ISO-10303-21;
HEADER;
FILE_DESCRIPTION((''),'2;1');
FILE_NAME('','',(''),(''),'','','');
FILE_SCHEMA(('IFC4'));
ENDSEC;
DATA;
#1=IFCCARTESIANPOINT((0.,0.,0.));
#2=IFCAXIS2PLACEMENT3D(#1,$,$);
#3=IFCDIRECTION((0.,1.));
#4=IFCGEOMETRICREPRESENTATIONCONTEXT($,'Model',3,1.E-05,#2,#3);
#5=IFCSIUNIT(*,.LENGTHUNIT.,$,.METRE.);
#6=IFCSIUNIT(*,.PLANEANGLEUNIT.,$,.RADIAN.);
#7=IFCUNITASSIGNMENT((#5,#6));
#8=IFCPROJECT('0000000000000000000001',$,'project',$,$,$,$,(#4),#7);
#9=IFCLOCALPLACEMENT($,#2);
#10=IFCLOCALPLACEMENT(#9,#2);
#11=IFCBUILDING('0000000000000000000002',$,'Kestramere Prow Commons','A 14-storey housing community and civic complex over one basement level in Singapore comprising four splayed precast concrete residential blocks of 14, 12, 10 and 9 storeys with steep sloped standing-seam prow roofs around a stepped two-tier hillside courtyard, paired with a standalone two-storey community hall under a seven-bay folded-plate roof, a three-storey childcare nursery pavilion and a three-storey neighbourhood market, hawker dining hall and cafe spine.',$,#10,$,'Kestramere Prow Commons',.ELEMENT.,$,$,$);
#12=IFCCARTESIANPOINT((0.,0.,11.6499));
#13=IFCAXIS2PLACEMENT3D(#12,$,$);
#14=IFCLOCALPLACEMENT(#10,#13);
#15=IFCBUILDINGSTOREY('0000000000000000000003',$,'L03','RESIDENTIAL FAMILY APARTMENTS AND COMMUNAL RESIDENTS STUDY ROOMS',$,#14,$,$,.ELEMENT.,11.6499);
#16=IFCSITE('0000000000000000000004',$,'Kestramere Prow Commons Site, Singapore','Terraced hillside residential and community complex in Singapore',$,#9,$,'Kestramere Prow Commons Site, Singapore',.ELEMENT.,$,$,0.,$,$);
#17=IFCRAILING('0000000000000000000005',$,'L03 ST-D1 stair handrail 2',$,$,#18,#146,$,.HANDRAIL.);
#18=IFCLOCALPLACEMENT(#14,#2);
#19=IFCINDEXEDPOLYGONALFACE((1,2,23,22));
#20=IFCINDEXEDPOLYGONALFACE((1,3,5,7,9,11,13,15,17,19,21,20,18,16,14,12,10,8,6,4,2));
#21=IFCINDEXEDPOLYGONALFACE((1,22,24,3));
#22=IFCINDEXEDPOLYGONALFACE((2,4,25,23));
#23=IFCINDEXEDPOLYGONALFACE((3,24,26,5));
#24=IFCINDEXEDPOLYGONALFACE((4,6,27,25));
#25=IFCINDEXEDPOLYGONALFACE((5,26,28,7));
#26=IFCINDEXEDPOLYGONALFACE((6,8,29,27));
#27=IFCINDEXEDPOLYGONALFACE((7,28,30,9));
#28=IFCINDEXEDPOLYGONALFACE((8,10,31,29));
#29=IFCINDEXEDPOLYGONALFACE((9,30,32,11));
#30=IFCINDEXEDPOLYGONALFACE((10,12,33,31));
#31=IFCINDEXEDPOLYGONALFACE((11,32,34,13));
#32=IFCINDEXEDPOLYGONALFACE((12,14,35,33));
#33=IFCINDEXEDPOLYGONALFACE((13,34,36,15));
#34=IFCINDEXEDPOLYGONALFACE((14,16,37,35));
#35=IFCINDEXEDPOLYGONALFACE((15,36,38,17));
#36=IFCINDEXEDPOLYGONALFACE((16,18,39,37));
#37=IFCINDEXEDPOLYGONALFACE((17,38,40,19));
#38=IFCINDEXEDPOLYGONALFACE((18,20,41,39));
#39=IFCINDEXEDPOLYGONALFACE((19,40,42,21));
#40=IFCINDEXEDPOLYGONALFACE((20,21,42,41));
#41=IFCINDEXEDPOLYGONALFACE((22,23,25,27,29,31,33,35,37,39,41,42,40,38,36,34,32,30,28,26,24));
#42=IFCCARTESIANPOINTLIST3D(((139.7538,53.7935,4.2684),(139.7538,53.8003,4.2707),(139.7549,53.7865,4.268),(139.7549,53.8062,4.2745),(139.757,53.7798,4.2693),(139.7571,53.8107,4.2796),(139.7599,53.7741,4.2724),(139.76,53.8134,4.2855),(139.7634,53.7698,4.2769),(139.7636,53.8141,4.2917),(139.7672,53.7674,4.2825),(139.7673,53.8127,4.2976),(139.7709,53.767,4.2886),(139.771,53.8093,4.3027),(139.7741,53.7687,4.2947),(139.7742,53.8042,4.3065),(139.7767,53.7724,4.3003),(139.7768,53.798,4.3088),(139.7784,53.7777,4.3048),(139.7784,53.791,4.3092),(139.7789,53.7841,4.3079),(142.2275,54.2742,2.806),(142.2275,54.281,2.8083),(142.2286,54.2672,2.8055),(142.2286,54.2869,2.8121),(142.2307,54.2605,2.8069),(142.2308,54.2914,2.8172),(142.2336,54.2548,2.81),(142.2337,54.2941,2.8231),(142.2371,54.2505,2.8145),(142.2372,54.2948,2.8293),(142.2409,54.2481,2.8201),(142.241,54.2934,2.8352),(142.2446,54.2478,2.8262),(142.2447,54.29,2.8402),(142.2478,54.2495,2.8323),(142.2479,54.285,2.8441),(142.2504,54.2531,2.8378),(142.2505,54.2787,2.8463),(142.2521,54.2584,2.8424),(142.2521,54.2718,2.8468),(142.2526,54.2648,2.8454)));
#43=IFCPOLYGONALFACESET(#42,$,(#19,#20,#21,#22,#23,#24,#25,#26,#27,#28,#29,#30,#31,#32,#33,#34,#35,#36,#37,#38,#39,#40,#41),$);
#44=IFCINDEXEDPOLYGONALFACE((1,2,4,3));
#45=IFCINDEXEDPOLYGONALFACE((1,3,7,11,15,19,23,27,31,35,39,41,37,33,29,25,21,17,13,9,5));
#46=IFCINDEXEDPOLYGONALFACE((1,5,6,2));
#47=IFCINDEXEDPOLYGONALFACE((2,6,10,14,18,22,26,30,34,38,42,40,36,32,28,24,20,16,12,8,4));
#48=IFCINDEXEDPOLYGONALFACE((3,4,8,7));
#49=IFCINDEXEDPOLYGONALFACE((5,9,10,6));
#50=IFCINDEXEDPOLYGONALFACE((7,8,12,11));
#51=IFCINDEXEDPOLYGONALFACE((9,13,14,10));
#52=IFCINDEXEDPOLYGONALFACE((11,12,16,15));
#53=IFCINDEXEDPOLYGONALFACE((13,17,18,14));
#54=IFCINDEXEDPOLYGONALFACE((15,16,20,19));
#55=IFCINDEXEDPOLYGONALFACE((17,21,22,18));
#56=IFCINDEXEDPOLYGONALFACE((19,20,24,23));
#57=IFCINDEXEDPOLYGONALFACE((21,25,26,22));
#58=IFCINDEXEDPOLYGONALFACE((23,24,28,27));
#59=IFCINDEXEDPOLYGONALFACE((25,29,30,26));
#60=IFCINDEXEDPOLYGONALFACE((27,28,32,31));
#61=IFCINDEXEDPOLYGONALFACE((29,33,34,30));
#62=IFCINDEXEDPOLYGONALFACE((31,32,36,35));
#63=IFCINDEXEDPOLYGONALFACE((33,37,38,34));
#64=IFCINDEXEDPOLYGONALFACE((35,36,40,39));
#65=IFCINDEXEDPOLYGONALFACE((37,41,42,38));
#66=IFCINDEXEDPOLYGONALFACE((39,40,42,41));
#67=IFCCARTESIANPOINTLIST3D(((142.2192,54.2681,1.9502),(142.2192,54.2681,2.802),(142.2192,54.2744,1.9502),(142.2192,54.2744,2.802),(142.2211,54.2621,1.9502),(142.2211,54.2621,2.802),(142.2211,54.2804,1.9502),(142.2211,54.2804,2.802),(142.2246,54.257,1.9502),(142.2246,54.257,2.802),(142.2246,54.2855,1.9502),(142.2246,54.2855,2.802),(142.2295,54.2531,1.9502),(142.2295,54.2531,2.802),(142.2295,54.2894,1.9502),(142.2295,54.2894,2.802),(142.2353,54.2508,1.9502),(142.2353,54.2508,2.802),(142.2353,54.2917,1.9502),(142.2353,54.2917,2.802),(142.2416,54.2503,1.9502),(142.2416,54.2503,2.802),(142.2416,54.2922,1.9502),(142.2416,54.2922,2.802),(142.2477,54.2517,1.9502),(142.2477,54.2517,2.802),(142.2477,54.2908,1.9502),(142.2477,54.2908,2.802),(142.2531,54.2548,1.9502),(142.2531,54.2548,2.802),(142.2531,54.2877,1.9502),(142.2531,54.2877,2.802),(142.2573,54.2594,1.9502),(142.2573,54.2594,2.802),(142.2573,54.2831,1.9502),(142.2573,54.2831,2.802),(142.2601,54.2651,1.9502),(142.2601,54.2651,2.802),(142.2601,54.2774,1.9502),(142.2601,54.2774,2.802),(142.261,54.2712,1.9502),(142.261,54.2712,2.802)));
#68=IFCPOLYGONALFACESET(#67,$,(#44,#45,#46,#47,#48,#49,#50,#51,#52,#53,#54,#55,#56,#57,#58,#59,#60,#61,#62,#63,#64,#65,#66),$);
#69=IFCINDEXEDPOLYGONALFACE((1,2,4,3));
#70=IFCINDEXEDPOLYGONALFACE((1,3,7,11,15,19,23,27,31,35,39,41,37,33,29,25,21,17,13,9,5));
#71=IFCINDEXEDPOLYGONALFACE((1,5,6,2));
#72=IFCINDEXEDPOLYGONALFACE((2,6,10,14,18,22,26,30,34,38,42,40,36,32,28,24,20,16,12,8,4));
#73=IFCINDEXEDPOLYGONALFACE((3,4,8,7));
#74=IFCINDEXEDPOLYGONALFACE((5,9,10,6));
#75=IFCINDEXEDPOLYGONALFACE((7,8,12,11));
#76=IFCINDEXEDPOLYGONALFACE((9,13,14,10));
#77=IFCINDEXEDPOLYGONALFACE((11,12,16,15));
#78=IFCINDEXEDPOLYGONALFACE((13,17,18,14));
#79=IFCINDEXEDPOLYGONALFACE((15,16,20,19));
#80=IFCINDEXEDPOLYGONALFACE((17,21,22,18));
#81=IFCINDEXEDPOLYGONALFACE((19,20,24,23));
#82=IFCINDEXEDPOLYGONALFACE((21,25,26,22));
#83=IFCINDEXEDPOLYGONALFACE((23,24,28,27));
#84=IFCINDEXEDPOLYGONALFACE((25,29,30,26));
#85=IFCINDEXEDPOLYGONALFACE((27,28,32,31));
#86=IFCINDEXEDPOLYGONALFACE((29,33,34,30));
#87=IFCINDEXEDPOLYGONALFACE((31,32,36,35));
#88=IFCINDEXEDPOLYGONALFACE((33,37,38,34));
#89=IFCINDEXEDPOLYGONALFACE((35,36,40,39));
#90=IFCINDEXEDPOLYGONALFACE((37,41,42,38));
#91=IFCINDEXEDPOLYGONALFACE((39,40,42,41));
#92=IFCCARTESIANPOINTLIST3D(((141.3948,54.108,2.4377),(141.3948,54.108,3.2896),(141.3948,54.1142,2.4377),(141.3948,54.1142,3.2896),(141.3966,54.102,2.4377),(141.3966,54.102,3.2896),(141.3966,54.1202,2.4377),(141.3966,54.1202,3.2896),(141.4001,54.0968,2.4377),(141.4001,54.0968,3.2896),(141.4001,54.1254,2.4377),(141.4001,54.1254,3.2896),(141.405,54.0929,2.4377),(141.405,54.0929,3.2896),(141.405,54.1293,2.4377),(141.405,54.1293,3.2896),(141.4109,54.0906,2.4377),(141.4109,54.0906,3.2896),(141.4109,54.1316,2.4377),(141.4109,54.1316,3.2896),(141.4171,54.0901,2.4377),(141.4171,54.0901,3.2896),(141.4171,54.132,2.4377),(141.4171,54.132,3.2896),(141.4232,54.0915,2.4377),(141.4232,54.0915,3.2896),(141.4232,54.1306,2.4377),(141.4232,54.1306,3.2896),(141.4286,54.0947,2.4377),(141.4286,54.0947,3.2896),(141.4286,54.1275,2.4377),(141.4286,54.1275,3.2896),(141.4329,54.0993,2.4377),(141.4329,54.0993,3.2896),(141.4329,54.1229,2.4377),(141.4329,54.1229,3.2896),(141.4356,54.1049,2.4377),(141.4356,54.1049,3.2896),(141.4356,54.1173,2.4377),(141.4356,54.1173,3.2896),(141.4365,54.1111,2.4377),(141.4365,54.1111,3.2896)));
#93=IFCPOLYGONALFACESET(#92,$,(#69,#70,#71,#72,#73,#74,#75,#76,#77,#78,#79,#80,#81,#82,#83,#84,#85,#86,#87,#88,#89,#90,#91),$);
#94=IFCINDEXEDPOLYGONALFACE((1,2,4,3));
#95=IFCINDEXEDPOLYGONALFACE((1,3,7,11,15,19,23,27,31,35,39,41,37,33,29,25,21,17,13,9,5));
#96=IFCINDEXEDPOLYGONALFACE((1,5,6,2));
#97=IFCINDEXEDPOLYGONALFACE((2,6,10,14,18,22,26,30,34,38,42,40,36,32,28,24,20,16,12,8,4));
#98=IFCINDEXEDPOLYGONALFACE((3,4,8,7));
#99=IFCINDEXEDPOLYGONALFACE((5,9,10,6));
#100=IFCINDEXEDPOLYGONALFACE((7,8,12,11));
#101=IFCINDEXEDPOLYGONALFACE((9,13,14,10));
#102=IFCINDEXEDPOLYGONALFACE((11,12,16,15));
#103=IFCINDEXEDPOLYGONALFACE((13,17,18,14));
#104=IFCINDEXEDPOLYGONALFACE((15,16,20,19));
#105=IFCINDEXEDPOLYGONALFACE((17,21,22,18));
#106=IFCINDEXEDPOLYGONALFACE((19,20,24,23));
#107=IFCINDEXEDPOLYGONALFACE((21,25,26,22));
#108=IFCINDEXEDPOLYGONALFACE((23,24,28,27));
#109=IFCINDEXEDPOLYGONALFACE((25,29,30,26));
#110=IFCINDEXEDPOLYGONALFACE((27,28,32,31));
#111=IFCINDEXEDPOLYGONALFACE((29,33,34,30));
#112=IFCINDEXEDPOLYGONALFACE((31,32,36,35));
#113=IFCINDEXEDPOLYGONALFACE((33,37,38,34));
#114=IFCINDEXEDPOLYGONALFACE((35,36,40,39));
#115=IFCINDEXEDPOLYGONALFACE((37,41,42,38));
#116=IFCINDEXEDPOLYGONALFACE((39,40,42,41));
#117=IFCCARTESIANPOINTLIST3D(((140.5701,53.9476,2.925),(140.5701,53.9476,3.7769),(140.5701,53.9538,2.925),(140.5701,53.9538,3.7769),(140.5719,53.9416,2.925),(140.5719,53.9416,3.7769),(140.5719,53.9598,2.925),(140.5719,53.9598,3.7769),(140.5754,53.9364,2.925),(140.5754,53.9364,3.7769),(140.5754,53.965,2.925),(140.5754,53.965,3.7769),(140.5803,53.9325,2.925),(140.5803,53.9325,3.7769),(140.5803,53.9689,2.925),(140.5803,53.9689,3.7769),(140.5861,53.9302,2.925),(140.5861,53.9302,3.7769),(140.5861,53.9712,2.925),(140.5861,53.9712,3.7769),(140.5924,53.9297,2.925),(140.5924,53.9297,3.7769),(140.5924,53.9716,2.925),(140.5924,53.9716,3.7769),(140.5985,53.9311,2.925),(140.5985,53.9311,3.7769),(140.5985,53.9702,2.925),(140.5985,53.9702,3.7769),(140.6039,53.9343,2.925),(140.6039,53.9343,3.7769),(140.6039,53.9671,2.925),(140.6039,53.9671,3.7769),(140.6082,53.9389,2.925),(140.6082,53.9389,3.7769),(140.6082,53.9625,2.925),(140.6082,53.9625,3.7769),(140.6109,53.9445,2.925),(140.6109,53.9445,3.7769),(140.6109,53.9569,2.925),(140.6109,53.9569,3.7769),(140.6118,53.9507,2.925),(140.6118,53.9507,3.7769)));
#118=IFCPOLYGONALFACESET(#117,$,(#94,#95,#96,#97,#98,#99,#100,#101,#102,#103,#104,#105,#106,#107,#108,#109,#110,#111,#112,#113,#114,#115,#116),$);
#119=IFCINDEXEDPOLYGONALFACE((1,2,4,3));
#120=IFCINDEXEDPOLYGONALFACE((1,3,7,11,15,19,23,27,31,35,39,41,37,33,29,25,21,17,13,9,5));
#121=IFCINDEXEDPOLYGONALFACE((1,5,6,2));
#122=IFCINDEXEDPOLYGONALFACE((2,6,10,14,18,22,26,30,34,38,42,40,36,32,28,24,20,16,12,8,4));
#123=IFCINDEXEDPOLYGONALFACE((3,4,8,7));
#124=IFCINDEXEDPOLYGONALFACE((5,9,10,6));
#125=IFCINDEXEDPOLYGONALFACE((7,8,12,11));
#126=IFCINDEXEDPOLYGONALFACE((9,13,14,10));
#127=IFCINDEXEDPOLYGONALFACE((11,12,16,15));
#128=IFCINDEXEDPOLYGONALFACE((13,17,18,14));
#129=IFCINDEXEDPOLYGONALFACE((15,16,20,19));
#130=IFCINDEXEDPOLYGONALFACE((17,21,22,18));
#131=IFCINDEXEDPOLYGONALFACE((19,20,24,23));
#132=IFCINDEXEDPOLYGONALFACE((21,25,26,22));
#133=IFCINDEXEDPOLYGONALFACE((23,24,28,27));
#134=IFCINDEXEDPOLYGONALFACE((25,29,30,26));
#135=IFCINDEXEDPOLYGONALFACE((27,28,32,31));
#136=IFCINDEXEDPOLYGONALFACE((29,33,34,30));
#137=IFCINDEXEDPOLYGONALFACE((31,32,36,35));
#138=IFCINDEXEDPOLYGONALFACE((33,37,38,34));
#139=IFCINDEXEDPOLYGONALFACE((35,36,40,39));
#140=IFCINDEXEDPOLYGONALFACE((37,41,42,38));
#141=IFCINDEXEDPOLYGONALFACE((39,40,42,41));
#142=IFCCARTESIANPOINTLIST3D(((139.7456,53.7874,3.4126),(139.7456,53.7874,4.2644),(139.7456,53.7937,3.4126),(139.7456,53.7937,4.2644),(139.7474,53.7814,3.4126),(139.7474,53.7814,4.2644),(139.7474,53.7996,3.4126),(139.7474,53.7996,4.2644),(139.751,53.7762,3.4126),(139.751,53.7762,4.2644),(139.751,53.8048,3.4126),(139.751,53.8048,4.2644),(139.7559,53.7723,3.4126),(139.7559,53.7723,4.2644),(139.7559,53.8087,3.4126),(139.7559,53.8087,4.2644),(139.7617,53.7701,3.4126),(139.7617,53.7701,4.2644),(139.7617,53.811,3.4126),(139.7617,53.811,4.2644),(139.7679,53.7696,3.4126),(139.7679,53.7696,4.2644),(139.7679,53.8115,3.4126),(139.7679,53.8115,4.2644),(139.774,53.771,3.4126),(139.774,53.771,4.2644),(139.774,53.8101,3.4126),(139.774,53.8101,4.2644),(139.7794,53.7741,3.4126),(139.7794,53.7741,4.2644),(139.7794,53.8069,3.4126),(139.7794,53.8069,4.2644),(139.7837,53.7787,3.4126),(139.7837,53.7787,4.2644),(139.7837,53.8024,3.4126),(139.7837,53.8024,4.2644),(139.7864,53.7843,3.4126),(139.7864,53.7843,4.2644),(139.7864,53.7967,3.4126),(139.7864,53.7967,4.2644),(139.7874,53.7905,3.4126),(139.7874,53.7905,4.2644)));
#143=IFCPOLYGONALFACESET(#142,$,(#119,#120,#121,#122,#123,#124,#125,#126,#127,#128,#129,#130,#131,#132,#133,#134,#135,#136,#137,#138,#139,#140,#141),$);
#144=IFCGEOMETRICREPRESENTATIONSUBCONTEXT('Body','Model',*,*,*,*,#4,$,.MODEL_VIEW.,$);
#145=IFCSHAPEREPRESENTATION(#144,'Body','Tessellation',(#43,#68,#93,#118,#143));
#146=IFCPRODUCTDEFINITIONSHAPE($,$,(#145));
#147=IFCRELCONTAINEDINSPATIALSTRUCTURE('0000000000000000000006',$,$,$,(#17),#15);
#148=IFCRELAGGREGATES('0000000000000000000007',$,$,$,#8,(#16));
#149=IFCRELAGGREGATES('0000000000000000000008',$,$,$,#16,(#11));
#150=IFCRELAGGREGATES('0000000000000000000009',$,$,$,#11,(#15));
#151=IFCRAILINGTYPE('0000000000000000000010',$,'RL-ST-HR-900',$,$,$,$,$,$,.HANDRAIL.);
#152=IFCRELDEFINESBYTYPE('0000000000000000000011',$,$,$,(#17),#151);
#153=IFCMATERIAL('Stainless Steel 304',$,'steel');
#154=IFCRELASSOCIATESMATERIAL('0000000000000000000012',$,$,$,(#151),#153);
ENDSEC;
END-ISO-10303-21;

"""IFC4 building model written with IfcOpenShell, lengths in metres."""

from ifc_helpers import new_model, si_unit, direction, frame, origin, origin_2d, place, context, subcontext, project, spatial, circle, extrude, material, type_object, element, save


model = new_model("IFC4")

# Units and contexts
model_context = context("Model", 3, precision=1e-05, world=origin(), true_north=direction((0.0, 1.0)))
body_context = subcontext(model_context, "Body", "Model", "MODEL_VIEW")
ifc_project = project(units=[si_unit("LENGTHUNIT", "METRE"), si_unit("PLANEANGLEUNIT", "RADIAN")], contexts=[model_context])

# Site, building, storey
site_placement = place(None, origin())
site = spatial("IfcSite", under=ifc_project, at=site_placement, Name="Kestramere Prow Commons Site, Singapore", Description="Terraced hillside residential and community complex in Singapore", LongName="Kestramere Prow Commons Site, Singapore", CompositionType="ELEMENT", RefElevation=0.0)
building_placement = place(site_placement, origin())
building = spatial("IfcBuilding", under=site, at=building_placement, Name="Kestramere Prow Commons", Description="A 14-storey housing community and civic complex over one basement level in Singapore comprising four splayed precast concrete residential blocks of 14, 12, 10 and 9 storeys with steep sloped standing-seam prow roofs around a stepped two-tier hillside courtyard, paired with a standalone two-storey community hall under a seven-bay folded-plate roof, a three-storey childcare nursery pavilion and a three-storey neighbourhood market, hawker dining hall and cafe spine.", LongName="Kestramere Prow Commons", CompositionType="ELEMENT")
storey_placement = place(building_placement, frame((0.0, 0.0, 11.6499)))
storey = spatial("IfcBuildingStorey", under=building, at=storey_placement, Name="L03", Description="RESIDENTIAL FAMILY APARTMENTS AND COMMUNAL RESIDENTS STUDY ROOMS", CompositionType="ELEMENT", Elevation=11.6499)

# Railing
ifc_material_1 = material(Name="Stainless Steel 304", Category="steel")
railing_type_1 = type_object("IfcRailingType", Name="RL-ST-HR-900", PredefinedType="HANDRAIL", material=ifc_material_1)
railing_1_placement = place(storey_placement, frame((142.24, 54.2712, 1.9502)))
element("IfcRailing", 1, at=railing_1_placement, inside=storey, type_object=railing_type_1, Name="L03 ST-D1 stair handrail 2", PredefinedType="HANDRAIL", context=body_context, shape_type="SweptSolid", body=[
    extrude(circle(Radius=0.0239, at=origin_2d()), frame((0.0, 0.0, 0.876), z_axis=(-0.84902, -0.164994, 0.501938), x_axis=(0.190766, -0.981636, 0.0)), (0.0, 0.0, 1.0), 2.9136),
    extrude(circle(Radius=0.021, at=origin_2d()), origin(), (0.0, 0.0, 1.0), 0.8518),
    extrude(circle(Radius=0.021, at=origin_2d()), frame((-0.8245, -0.1602, 0.4875)), (0.0, 0.0, 1.0), 0.8518),
    extrude(circle(Radius=0.021, at=origin_2d()), frame((-1.6492, -0.3206, 0.9749)), (0.0, 0.0, 1.0), 0.8518),
    extrude(circle(Radius=0.021, at=origin_2d()), frame((-2.4736, -0.4807, 1.4624)), (0.0, 0.0, 1.0), 0.8518),
])

save(model, "model.ifc")
